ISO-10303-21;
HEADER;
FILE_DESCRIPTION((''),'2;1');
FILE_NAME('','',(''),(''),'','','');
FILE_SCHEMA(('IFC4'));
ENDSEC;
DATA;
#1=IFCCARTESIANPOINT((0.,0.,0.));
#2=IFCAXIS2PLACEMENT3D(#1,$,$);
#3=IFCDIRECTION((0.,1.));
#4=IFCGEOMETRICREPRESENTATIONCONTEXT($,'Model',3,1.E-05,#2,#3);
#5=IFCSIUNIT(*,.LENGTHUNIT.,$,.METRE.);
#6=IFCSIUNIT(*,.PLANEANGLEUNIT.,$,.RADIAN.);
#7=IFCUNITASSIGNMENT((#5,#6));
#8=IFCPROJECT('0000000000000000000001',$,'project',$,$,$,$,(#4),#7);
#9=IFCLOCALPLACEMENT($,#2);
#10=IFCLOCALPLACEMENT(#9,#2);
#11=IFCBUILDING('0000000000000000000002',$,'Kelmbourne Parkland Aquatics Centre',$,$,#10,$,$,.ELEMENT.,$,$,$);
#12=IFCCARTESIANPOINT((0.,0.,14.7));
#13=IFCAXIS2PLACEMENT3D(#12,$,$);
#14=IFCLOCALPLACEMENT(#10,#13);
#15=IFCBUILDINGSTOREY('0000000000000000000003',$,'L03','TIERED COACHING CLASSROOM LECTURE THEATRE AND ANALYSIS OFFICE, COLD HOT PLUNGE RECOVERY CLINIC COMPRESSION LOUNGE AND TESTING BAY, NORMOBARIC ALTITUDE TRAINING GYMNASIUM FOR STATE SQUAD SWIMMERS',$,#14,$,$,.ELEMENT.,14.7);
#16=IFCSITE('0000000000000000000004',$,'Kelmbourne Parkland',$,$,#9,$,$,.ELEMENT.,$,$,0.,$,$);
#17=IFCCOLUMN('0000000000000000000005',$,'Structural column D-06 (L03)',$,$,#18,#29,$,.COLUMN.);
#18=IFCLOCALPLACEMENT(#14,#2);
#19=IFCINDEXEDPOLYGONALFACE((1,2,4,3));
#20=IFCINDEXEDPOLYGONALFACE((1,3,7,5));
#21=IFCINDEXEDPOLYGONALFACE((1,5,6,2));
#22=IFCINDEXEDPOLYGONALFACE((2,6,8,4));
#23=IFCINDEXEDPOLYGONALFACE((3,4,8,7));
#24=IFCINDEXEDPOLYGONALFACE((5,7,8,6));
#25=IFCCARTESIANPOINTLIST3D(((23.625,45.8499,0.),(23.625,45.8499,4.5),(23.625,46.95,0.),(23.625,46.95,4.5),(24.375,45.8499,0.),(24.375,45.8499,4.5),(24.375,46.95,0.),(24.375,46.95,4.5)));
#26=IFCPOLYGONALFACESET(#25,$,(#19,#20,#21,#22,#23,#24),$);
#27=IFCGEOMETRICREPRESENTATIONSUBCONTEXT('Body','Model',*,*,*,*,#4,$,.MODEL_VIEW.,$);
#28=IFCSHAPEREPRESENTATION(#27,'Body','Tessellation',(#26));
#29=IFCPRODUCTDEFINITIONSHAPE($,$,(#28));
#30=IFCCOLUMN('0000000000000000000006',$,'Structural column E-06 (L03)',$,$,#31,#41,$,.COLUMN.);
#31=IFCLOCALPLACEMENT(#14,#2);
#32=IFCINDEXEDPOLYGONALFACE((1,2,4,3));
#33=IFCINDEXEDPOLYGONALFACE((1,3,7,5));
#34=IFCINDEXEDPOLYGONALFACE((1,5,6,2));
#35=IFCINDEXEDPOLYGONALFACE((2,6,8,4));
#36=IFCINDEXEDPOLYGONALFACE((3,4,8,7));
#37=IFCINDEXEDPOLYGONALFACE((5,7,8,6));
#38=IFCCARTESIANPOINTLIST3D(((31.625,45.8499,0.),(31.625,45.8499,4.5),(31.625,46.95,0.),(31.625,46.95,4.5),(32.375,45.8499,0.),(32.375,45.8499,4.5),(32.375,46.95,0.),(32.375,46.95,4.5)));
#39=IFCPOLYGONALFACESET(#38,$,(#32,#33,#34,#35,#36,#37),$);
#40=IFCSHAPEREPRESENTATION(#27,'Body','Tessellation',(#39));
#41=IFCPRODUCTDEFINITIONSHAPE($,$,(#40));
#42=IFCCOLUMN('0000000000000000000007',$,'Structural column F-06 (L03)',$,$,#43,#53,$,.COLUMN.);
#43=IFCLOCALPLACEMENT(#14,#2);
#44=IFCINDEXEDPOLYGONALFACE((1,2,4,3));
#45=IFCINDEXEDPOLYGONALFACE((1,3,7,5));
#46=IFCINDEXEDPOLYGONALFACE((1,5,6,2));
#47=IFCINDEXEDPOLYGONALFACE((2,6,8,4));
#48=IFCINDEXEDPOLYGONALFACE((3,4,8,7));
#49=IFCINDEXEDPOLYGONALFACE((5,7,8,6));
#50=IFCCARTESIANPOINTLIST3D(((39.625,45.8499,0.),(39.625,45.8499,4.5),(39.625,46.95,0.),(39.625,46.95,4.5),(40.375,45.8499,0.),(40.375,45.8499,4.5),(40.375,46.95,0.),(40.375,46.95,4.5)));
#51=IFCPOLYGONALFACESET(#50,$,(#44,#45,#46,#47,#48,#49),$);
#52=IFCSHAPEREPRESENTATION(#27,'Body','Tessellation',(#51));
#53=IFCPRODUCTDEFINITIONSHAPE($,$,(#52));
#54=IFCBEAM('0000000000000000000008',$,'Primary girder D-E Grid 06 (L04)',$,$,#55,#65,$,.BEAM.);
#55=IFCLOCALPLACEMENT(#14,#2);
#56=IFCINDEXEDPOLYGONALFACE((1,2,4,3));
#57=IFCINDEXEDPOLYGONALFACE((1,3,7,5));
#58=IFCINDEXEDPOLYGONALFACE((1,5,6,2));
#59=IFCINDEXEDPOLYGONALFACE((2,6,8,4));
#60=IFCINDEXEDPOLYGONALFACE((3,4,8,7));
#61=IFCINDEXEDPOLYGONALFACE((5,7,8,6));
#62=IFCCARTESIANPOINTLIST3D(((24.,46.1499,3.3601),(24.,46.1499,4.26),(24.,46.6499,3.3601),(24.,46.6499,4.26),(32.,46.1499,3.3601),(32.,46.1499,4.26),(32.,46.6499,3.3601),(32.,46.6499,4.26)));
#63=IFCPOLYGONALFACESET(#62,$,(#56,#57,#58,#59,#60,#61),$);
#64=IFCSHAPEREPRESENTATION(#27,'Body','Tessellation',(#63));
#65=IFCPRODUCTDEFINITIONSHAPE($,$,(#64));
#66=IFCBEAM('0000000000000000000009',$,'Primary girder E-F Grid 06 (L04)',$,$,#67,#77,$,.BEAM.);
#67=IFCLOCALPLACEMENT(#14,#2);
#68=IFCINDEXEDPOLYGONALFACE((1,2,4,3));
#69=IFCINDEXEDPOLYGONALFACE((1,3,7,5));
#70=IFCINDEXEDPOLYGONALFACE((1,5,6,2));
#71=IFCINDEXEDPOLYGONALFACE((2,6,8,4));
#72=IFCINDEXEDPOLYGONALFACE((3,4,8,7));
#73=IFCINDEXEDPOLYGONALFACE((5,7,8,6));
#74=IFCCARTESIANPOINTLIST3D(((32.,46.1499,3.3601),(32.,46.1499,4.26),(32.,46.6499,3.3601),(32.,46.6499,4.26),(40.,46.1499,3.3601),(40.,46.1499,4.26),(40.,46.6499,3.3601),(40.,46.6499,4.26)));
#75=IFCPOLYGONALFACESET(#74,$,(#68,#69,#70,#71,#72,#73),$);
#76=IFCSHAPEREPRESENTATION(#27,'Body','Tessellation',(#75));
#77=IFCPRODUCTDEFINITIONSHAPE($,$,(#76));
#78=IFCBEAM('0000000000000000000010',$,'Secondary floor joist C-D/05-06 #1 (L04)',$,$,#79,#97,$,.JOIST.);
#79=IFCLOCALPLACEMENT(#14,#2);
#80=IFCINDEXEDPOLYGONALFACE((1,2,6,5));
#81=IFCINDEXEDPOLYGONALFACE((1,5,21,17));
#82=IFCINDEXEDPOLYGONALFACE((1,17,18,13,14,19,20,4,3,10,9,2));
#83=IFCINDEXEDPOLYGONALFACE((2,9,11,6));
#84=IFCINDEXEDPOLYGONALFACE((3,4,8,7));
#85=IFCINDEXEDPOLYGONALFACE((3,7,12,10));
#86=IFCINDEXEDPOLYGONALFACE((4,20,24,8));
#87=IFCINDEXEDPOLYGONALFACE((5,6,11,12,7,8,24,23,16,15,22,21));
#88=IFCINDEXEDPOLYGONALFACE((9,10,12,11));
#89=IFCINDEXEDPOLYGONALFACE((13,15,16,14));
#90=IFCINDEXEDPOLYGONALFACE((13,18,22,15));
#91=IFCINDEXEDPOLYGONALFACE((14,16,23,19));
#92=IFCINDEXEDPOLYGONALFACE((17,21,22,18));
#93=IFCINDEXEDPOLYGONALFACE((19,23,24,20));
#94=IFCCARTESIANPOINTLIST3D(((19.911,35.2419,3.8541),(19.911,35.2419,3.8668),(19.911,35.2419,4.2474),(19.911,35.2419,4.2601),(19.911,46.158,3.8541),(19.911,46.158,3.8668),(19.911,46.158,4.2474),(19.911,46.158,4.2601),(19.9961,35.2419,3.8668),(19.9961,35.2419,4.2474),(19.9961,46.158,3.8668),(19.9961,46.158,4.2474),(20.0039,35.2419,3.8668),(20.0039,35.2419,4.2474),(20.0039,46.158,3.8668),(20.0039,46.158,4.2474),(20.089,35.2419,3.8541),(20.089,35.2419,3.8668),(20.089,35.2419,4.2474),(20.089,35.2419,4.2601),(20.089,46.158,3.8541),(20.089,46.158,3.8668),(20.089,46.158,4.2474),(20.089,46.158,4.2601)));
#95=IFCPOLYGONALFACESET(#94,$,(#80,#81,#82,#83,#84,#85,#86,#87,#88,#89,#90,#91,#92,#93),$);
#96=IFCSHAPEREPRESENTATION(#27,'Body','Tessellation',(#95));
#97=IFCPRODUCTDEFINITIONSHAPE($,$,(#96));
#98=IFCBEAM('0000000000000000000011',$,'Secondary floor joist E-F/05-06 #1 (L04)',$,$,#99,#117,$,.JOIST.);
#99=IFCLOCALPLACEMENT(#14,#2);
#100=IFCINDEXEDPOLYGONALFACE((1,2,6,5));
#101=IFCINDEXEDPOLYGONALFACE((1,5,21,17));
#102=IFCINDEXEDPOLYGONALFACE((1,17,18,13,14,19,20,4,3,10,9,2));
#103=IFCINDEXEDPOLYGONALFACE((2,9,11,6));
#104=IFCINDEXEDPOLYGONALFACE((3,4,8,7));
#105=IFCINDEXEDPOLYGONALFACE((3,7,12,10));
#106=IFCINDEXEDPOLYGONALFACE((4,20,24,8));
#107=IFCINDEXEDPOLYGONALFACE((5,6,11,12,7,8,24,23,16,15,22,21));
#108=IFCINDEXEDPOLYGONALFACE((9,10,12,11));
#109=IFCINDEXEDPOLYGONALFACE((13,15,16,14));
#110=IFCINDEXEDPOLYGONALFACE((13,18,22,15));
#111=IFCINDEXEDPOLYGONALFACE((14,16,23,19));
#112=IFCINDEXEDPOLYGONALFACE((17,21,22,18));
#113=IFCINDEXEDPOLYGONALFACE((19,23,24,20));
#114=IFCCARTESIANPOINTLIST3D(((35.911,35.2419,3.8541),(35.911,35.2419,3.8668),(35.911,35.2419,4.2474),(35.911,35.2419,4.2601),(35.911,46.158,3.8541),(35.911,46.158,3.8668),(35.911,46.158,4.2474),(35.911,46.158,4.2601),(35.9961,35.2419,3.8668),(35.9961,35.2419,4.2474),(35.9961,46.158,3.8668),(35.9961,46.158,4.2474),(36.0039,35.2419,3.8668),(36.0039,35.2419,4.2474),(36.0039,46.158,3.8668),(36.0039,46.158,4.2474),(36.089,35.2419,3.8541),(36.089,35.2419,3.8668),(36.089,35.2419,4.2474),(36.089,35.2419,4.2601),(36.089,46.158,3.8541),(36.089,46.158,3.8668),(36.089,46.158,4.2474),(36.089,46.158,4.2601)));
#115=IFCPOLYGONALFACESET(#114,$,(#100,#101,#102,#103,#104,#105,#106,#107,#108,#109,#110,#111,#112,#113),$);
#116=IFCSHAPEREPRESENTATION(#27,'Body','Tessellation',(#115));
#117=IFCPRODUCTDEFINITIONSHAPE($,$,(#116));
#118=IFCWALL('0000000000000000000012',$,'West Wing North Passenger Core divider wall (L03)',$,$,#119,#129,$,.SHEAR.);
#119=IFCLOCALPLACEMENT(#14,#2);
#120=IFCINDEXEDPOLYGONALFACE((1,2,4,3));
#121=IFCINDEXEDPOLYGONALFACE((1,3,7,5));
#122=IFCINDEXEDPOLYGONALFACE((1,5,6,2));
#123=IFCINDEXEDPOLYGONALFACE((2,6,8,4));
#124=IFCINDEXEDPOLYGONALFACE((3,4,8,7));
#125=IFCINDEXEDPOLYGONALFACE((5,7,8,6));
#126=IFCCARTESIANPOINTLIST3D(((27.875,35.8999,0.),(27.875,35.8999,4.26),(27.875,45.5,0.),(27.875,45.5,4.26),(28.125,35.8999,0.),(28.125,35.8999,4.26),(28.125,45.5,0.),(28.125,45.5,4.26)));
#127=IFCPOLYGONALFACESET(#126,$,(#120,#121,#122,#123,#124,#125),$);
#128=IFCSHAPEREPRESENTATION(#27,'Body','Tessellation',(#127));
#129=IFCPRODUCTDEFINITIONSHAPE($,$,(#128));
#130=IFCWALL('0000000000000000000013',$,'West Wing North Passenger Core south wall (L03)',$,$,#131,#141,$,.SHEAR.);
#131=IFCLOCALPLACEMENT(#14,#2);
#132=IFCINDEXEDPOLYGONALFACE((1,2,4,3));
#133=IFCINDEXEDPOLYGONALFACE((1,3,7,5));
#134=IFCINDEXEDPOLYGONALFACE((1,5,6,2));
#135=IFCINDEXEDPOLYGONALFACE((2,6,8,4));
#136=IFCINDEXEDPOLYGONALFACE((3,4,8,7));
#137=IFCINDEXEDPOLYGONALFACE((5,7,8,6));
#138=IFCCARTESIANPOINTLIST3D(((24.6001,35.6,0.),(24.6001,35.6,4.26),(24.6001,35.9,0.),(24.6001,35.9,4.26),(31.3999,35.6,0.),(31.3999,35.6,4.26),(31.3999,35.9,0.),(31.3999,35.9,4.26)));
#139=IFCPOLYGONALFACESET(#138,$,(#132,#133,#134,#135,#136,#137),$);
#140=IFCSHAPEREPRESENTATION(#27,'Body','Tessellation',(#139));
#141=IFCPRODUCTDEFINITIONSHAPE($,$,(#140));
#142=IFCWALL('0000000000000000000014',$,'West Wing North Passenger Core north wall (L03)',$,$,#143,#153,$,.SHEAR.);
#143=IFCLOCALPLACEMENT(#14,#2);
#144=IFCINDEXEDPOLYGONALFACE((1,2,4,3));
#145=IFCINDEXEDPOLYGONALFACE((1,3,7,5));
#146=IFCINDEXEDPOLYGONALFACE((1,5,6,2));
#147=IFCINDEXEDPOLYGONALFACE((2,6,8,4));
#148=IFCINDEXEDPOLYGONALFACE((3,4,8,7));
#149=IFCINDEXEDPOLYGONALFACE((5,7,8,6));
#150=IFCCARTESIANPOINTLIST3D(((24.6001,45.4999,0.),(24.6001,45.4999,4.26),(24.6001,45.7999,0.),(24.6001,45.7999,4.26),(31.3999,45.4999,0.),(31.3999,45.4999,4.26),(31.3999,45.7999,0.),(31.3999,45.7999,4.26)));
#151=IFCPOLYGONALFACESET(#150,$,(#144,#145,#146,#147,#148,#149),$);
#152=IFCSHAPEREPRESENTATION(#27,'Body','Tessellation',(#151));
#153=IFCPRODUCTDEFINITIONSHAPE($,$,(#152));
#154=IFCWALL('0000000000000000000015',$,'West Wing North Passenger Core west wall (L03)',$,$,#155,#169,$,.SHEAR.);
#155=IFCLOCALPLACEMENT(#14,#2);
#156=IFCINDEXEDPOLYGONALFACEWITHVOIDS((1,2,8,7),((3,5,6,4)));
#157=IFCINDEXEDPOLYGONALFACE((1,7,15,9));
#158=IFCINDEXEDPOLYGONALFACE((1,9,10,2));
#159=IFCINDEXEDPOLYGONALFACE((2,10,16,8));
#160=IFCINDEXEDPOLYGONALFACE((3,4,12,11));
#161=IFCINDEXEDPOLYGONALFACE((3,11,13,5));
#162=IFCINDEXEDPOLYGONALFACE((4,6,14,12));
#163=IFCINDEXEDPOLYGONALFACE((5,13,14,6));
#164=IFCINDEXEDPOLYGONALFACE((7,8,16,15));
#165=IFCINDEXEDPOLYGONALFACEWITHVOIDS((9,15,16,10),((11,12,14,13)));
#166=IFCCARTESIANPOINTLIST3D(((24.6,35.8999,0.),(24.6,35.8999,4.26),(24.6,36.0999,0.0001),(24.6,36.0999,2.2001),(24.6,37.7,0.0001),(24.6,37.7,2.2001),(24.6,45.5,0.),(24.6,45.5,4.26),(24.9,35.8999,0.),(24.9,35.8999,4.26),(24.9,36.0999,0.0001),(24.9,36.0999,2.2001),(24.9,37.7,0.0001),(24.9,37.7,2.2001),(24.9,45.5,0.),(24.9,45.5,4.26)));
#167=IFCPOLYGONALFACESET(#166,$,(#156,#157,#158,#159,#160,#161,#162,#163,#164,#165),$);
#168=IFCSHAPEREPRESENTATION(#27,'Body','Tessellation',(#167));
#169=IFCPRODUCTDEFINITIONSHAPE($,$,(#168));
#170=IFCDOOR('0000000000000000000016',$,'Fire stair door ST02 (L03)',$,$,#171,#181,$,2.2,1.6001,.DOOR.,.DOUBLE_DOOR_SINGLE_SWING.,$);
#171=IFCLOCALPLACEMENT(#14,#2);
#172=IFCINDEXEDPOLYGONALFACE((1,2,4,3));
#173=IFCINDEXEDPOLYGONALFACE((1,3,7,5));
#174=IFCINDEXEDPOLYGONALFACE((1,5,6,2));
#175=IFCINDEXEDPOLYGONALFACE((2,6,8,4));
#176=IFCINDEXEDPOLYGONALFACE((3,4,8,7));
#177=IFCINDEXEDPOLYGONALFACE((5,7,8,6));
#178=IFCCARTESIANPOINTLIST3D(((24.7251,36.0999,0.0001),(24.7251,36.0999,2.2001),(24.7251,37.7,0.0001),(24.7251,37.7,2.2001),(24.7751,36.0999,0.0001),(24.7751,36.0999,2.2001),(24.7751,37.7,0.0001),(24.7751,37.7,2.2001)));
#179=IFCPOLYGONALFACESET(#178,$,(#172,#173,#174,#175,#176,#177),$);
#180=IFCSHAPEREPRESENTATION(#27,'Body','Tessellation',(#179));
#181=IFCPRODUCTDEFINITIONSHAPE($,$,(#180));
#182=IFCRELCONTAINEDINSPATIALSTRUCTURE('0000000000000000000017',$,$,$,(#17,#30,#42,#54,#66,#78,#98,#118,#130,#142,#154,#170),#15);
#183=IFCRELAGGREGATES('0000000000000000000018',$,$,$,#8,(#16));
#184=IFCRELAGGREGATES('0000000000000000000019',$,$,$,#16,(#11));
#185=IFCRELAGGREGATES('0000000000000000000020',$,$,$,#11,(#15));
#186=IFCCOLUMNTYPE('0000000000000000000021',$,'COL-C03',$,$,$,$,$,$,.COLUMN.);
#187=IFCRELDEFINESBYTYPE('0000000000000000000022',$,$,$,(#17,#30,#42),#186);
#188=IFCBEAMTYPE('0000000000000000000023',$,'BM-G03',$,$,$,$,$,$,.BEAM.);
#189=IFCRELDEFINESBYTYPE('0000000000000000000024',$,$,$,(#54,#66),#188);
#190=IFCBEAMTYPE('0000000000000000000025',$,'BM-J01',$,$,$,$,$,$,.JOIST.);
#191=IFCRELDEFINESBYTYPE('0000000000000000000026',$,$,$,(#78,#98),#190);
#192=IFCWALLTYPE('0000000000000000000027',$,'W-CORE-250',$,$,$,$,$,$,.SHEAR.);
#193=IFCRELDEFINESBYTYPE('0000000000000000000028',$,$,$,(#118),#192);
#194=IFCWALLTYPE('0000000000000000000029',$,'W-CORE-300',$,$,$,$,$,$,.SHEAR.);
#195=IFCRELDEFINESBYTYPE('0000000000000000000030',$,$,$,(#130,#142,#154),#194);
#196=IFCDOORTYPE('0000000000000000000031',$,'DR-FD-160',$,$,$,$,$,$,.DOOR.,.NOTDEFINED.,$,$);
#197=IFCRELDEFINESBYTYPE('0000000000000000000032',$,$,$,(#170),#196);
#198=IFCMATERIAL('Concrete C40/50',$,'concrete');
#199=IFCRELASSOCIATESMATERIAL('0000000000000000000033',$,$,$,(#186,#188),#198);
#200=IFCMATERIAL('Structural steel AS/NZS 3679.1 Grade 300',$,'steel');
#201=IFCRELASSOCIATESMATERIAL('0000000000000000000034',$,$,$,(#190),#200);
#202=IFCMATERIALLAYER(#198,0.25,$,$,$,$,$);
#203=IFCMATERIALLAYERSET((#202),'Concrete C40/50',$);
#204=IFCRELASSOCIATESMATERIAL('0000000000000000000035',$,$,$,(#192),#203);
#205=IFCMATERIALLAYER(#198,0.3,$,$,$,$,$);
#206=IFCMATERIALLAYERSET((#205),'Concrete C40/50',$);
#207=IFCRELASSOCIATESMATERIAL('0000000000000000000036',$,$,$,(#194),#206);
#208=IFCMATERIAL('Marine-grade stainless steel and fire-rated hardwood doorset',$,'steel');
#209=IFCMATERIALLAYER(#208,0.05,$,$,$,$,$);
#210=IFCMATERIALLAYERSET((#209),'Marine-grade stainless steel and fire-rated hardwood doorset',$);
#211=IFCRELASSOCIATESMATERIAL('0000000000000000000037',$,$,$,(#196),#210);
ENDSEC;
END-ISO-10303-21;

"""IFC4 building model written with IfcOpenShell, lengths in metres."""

from ifc_helpers import new_model, si_unit, direction, frame, frame_2d, origin, origin_2d, place, context, subcontext, project, spatial, rectangle, i_section, extrude, material, layer, layer_set, material_profile, profile_set, type_object, element, fill, save


model = new_model("IFC4")

# Units and contexts
model_context = context("Model", 3, precision=1e-05, world=origin(), true_north=direction((0.0, 1.0)))
body_context = subcontext(model_context, "Body", "Model", "MODEL_VIEW")
ifc_project = project(units=[si_unit("LENGTHUNIT", "METRE"), si_unit("PLANEANGLEUNIT", "RADIAN")], contexts=[model_context])

# Site, building, storey
site_placement = place(None, origin())
site = spatial("IfcSite", under=ifc_project, at=site_placement, Name="Kelmbourne Parkland", CompositionType="ELEMENT", RefElevation=0.0)
building_placement = place(site_placement, origin())
building = spatial("IfcBuilding", under=site, at=building_placement, Name="Kelmbourne Parkland Aquatics Centre", CompositionType="ELEMENT")
storey_placement = place(building_placement, frame((0.0, 0.0, 14.7)))
storey = spatial("IfcBuildingStorey", under=building, at=storey_placement, Name="L03", Description="TIERED COACHING CLASSROOM LECTURE THEATRE AND ANALYSIS OFFICE, COLD HOT PLUNGE RECOVERY CLINIC COMPRESSION LOUNGE AND TESTING BAY, NORMOBARIC ALTITUDE TRAINING GYMNASIUM FOR STATE SQUAD SWIMMERS", CompositionType="ELEMENT", Elevation=14.7)

# Columns
ifc_material_1 = material(Name="Concrete C40/50", Category="concrete")
ifc_material_profile_1 = material_profile(ifc_material_1, rectangle(XDim=0.75, YDim=1.1001, at=origin_2d()), Name="RC 750x1100")
ifc_profile_set_1 = profile_set([ifc_material_profile_1], Name="Concrete C40/50")
column_type = type_object("IfcColumnType", Name="COL-C03", PredefinedType="COLUMN", material=ifc_profile_set_1)
for number, where, z_axis, x_axis, name in (
    (1, (24.0, 46.3999, 0.0), (0.0, 0.0, 1.0), (1.0, 0.0, 0.0), "Structural column D-06 (L03)"),
    (2, (32.0, 46.3999, 0.0), (0.0, 0.0, 1.0), (1.0, 0.0, 0.0), "Structural column E-06 (L03)"),
    (3, (40.0, 46.3999, 0.0), (0.0, 0.0, 1.0), (1.0, 0.0, 0.0), "Structural column F-06 (L03)"),
):
    element("IfcColumn", number, at=place(storey_placement, frame(where, z_axis=z_axis, x_axis=x_axis)), inside=storey, type_object=column_type, Name=name, PredefinedType="COLUMN", context=body_context, shape_type="SweptSolid", body=[
        extrude(rectangle(XDim=0.75, YDim=1.1001, at=origin_2d()), origin(), (0.0, 0.0, 1.0), 4.5),
    ])

# Beams
ifc_material_profile_2 = material_profile(ifc_material_1, rectangle(XDim=0.5, YDim=0.8999, at=origin_2d()), Name="RC 500x900")
ifc_profile_set_2 = profile_set([ifc_material_profile_2], Name="Concrete C40/50")
beam_type_1 = type_object("IfcBeamType", Name="BM-G03", PredefinedType="BEAM", material=ifc_profile_set_2)
for number, where, z_axis, x_axis, name in (
    (4, (24.0, 46.3999, 3.8101), (1.0, 0.0, 0.0), (0.0, 1.0, 0.0), "Primary girder D-E Grid 06 (L04)"),
    (5, (32.0, 46.3999, 3.8101), (1.0, 0.0, 0.0), (0.0, 1.0, 0.0), "Primary girder E-F Grid 06 (L04)"),
):
    element("IfcBeam", number, at=place(storey_placement, frame(where, z_axis=z_axis, x_axis=x_axis)), inside=storey, type_object=beam_type_1, Name=name, PredefinedType="BEAM", context=body_context, shape_type="SweptSolid", body=[
        extrude(rectangle(XDim=0.5, YDim=0.8999, at=origin_2d()), origin(), (0.0, 0.0, 1.0), 8.0),
    ])
ifc_material_2 = material(Name="Structural steel AS/NZS 3679.1 Grade 300", Category="steel")
ifc_material_profile_3 = material_profile(ifc_material_2, i_section(OverallWidth=0.178, OverallDepth=0.406, WebThickness=0.0078, FlangeThickness=0.0127, at=origin_2d()), Name="410UB59.7")
ifc_profile_set_3 = profile_set([ifc_material_profile_3], Name="Structural steel AS/NZS 3679.1 Grade 300")
beam_type_2 = type_object("IfcBeamType", Name="BM-J01", PredefinedType="JOIST", material=ifc_profile_set_3)
for number, where, z_axis, x_axis, name in (
    (6, (20.0, 35.2419, 4.0571), (0.0, 1.0, 0.0), (-1.0, 0.0, 0.0), "Secondary floor joist C-D/05-06 #1 (L04)"),
    (7, (36.0, 35.2419, 4.0571), (0.0, 1.0, 0.0), (-1.0, 0.0, 0.0), "Secondary floor joist E-F/05-06 #1 (L04)"),
):
    element("IfcBeam", number, at=place(storey_placement, frame(where, z_axis=z_axis, x_axis=x_axis)), inside=storey, type_object=beam_type_2, Name=name, PredefinedType="JOIST", context=body_context, shape_type="SweptSolid", body=[
        extrude(i_section(OverallWidth=0.178, OverallDepth=0.406, WebThickness=0.0078, FlangeThickness=0.0127, at=origin_2d()), origin(), (0.0, 0.0, 1.0), 10.916),
    ])

# Walls
ifc_layer_1 = layer(ifc_material_1, 0.25)
ifc_layer_set_1 = layer_set([ifc_layer_1], Name="Concrete C40/50")
wall_type_1 = type_object("IfcWallType", Name="W-CORE-250", PredefinedType="SHEAR", material=ifc_layer_set_1)
wall_1_placement = place(storey_placement, frame((28.0, 35.8999, 0.0), z_axis=(0.0, 0.0, 1.0), x_axis=(0.0, 1.0, 0.0)))
element("IfcWall", 8, at=wall_1_placement, inside=storey, type_object=wall_type_1, Name="West Wing North Passenger Core divider wall (L03)", PredefinedType="SHEAR", context=body_context, shape_type="SweptSolid", body=[
    extrude(rectangle(XDim=9.6001, YDim=0.25, at=frame_2d((4.8, 0.0))), origin(), (0.0, 0.0, 1.0), 4.26),
])
ifc_layer_2 = layer(ifc_material_1, 0.3)
ifc_layer_set_2 = layer_set([ifc_layer_2], Name="Concrete C40/50")
wall_type_2 = type_object("IfcWallType", Name="W-CORE-300", PredefinedType="SHEAR", material=ifc_layer_set_2)
for number, where, z_axis, x_axis, name in (
    (9, (24.6001, 35.75, 0.0), (0.0, 0.0, 1.0), (1.0, 0.0, 0.0), "West Wing North Passenger Core south wall (L03)"),
    (10, (24.6001, 45.6499, 0.0), (0.0, 0.0, 1.0), (1.0, 0.0, 0.0), "West Wing North Passenger Core north wall (L03)"),
):
    element("IfcWall", number, at=place(storey_placement, frame(where, z_axis=z_axis, x_axis=x_axis)), inside=storey, type_object=wall_type_2, Name=name, PredefinedType="SHEAR", context=body_context, shape_type="SweptSolid", body=[
        extrude(rectangle(XDim=6.7998, YDim=0.3, at=frame_2d((3.3999, 0.0))), origin(), (0.0, 0.0, 1.0), 4.26),
    ])

# Wall, opening, door
wall_2_placement = place(storey_placement, frame((24.75, 35.8999, 0.0), z_axis=(0.0, 0.0, 1.0), x_axis=(0.0, 1.0, 0.0)))
wall_2 = element("IfcWall", 11, at=wall_2_placement, inside=storey, type_object=wall_type_2, Name="West Wing North Passenger Core west wall (L03)", PredefinedType="SHEAR", context=body_context, shape_type="SweptSolid", body=[
    extrude(rectangle(XDim=9.6001, YDim=0.3, at=frame_2d((4.8, 0.0))), origin(), (0.0, 0.0, 1.0), 4.26),
])
opening_1_placement = place(wall_2_placement, frame((0.2, 0.0, 0.0)))
opening_1 = element("IfcOpeningElement", 12, at=opening_1_placement, cuts=wall_2, PredefinedType="OPENING", context=body_context, shape_type="SweptSolid", body=[
    extrude(rectangle(XDim=1.6001, YDim=2.2, at=frame_2d((0.8, 1.1001))), frame((0.0, 0.1621, 0.0), z_axis=(0.0, -1.0, 0.0), x_axis=(1.0, 0.0, 0.0)), (0.0, 0.0, 1.0), 0.324),
])
ifc_material_3 = material(Name="Marine-grade stainless steel and fire-rated hardwood doorset", Category="steel")
ifc_layer_3 = layer(ifc_material_3, 0.05)
ifc_layer_set_3 = layer_set([ifc_layer_3], Name="Marine-grade stainless steel and fire-rated hardwood doorset")
door_type_1 = type_object("IfcDoorType", Name="DR-FD-160", OperationType="NOTDEFINED", PredefinedType="DOOR", material=ifc_layer_set_3)
door_1_placement = place(opening_1_placement, origin())
door_1 = element("IfcDoor", 13, at=door_1_placement, inside=storey, type_object=door_type_1, Name="Fire stair door ST02 (L03)", OperationType="DOUBLE_DOOR_SINGLE_SWING", OverallHeight=2.2, OverallWidth=1.6001, PredefinedType="DOOR", context=body_context, shape_type="SweptSolid", body=[
    extrude(rectangle(XDim=1.6001, YDim=2.2, at=frame_2d((0.8, 1.1001))), frame((0.0, 0.0249, 0.0), z_axis=(0.0, -1.0, 0.0), x_axis=(1.0, 0.0, 0.0)), (0.0, 0.0, 1.0), 0.05),
])
fill(opening_1, door_1)

save(model, "model.ifc")
